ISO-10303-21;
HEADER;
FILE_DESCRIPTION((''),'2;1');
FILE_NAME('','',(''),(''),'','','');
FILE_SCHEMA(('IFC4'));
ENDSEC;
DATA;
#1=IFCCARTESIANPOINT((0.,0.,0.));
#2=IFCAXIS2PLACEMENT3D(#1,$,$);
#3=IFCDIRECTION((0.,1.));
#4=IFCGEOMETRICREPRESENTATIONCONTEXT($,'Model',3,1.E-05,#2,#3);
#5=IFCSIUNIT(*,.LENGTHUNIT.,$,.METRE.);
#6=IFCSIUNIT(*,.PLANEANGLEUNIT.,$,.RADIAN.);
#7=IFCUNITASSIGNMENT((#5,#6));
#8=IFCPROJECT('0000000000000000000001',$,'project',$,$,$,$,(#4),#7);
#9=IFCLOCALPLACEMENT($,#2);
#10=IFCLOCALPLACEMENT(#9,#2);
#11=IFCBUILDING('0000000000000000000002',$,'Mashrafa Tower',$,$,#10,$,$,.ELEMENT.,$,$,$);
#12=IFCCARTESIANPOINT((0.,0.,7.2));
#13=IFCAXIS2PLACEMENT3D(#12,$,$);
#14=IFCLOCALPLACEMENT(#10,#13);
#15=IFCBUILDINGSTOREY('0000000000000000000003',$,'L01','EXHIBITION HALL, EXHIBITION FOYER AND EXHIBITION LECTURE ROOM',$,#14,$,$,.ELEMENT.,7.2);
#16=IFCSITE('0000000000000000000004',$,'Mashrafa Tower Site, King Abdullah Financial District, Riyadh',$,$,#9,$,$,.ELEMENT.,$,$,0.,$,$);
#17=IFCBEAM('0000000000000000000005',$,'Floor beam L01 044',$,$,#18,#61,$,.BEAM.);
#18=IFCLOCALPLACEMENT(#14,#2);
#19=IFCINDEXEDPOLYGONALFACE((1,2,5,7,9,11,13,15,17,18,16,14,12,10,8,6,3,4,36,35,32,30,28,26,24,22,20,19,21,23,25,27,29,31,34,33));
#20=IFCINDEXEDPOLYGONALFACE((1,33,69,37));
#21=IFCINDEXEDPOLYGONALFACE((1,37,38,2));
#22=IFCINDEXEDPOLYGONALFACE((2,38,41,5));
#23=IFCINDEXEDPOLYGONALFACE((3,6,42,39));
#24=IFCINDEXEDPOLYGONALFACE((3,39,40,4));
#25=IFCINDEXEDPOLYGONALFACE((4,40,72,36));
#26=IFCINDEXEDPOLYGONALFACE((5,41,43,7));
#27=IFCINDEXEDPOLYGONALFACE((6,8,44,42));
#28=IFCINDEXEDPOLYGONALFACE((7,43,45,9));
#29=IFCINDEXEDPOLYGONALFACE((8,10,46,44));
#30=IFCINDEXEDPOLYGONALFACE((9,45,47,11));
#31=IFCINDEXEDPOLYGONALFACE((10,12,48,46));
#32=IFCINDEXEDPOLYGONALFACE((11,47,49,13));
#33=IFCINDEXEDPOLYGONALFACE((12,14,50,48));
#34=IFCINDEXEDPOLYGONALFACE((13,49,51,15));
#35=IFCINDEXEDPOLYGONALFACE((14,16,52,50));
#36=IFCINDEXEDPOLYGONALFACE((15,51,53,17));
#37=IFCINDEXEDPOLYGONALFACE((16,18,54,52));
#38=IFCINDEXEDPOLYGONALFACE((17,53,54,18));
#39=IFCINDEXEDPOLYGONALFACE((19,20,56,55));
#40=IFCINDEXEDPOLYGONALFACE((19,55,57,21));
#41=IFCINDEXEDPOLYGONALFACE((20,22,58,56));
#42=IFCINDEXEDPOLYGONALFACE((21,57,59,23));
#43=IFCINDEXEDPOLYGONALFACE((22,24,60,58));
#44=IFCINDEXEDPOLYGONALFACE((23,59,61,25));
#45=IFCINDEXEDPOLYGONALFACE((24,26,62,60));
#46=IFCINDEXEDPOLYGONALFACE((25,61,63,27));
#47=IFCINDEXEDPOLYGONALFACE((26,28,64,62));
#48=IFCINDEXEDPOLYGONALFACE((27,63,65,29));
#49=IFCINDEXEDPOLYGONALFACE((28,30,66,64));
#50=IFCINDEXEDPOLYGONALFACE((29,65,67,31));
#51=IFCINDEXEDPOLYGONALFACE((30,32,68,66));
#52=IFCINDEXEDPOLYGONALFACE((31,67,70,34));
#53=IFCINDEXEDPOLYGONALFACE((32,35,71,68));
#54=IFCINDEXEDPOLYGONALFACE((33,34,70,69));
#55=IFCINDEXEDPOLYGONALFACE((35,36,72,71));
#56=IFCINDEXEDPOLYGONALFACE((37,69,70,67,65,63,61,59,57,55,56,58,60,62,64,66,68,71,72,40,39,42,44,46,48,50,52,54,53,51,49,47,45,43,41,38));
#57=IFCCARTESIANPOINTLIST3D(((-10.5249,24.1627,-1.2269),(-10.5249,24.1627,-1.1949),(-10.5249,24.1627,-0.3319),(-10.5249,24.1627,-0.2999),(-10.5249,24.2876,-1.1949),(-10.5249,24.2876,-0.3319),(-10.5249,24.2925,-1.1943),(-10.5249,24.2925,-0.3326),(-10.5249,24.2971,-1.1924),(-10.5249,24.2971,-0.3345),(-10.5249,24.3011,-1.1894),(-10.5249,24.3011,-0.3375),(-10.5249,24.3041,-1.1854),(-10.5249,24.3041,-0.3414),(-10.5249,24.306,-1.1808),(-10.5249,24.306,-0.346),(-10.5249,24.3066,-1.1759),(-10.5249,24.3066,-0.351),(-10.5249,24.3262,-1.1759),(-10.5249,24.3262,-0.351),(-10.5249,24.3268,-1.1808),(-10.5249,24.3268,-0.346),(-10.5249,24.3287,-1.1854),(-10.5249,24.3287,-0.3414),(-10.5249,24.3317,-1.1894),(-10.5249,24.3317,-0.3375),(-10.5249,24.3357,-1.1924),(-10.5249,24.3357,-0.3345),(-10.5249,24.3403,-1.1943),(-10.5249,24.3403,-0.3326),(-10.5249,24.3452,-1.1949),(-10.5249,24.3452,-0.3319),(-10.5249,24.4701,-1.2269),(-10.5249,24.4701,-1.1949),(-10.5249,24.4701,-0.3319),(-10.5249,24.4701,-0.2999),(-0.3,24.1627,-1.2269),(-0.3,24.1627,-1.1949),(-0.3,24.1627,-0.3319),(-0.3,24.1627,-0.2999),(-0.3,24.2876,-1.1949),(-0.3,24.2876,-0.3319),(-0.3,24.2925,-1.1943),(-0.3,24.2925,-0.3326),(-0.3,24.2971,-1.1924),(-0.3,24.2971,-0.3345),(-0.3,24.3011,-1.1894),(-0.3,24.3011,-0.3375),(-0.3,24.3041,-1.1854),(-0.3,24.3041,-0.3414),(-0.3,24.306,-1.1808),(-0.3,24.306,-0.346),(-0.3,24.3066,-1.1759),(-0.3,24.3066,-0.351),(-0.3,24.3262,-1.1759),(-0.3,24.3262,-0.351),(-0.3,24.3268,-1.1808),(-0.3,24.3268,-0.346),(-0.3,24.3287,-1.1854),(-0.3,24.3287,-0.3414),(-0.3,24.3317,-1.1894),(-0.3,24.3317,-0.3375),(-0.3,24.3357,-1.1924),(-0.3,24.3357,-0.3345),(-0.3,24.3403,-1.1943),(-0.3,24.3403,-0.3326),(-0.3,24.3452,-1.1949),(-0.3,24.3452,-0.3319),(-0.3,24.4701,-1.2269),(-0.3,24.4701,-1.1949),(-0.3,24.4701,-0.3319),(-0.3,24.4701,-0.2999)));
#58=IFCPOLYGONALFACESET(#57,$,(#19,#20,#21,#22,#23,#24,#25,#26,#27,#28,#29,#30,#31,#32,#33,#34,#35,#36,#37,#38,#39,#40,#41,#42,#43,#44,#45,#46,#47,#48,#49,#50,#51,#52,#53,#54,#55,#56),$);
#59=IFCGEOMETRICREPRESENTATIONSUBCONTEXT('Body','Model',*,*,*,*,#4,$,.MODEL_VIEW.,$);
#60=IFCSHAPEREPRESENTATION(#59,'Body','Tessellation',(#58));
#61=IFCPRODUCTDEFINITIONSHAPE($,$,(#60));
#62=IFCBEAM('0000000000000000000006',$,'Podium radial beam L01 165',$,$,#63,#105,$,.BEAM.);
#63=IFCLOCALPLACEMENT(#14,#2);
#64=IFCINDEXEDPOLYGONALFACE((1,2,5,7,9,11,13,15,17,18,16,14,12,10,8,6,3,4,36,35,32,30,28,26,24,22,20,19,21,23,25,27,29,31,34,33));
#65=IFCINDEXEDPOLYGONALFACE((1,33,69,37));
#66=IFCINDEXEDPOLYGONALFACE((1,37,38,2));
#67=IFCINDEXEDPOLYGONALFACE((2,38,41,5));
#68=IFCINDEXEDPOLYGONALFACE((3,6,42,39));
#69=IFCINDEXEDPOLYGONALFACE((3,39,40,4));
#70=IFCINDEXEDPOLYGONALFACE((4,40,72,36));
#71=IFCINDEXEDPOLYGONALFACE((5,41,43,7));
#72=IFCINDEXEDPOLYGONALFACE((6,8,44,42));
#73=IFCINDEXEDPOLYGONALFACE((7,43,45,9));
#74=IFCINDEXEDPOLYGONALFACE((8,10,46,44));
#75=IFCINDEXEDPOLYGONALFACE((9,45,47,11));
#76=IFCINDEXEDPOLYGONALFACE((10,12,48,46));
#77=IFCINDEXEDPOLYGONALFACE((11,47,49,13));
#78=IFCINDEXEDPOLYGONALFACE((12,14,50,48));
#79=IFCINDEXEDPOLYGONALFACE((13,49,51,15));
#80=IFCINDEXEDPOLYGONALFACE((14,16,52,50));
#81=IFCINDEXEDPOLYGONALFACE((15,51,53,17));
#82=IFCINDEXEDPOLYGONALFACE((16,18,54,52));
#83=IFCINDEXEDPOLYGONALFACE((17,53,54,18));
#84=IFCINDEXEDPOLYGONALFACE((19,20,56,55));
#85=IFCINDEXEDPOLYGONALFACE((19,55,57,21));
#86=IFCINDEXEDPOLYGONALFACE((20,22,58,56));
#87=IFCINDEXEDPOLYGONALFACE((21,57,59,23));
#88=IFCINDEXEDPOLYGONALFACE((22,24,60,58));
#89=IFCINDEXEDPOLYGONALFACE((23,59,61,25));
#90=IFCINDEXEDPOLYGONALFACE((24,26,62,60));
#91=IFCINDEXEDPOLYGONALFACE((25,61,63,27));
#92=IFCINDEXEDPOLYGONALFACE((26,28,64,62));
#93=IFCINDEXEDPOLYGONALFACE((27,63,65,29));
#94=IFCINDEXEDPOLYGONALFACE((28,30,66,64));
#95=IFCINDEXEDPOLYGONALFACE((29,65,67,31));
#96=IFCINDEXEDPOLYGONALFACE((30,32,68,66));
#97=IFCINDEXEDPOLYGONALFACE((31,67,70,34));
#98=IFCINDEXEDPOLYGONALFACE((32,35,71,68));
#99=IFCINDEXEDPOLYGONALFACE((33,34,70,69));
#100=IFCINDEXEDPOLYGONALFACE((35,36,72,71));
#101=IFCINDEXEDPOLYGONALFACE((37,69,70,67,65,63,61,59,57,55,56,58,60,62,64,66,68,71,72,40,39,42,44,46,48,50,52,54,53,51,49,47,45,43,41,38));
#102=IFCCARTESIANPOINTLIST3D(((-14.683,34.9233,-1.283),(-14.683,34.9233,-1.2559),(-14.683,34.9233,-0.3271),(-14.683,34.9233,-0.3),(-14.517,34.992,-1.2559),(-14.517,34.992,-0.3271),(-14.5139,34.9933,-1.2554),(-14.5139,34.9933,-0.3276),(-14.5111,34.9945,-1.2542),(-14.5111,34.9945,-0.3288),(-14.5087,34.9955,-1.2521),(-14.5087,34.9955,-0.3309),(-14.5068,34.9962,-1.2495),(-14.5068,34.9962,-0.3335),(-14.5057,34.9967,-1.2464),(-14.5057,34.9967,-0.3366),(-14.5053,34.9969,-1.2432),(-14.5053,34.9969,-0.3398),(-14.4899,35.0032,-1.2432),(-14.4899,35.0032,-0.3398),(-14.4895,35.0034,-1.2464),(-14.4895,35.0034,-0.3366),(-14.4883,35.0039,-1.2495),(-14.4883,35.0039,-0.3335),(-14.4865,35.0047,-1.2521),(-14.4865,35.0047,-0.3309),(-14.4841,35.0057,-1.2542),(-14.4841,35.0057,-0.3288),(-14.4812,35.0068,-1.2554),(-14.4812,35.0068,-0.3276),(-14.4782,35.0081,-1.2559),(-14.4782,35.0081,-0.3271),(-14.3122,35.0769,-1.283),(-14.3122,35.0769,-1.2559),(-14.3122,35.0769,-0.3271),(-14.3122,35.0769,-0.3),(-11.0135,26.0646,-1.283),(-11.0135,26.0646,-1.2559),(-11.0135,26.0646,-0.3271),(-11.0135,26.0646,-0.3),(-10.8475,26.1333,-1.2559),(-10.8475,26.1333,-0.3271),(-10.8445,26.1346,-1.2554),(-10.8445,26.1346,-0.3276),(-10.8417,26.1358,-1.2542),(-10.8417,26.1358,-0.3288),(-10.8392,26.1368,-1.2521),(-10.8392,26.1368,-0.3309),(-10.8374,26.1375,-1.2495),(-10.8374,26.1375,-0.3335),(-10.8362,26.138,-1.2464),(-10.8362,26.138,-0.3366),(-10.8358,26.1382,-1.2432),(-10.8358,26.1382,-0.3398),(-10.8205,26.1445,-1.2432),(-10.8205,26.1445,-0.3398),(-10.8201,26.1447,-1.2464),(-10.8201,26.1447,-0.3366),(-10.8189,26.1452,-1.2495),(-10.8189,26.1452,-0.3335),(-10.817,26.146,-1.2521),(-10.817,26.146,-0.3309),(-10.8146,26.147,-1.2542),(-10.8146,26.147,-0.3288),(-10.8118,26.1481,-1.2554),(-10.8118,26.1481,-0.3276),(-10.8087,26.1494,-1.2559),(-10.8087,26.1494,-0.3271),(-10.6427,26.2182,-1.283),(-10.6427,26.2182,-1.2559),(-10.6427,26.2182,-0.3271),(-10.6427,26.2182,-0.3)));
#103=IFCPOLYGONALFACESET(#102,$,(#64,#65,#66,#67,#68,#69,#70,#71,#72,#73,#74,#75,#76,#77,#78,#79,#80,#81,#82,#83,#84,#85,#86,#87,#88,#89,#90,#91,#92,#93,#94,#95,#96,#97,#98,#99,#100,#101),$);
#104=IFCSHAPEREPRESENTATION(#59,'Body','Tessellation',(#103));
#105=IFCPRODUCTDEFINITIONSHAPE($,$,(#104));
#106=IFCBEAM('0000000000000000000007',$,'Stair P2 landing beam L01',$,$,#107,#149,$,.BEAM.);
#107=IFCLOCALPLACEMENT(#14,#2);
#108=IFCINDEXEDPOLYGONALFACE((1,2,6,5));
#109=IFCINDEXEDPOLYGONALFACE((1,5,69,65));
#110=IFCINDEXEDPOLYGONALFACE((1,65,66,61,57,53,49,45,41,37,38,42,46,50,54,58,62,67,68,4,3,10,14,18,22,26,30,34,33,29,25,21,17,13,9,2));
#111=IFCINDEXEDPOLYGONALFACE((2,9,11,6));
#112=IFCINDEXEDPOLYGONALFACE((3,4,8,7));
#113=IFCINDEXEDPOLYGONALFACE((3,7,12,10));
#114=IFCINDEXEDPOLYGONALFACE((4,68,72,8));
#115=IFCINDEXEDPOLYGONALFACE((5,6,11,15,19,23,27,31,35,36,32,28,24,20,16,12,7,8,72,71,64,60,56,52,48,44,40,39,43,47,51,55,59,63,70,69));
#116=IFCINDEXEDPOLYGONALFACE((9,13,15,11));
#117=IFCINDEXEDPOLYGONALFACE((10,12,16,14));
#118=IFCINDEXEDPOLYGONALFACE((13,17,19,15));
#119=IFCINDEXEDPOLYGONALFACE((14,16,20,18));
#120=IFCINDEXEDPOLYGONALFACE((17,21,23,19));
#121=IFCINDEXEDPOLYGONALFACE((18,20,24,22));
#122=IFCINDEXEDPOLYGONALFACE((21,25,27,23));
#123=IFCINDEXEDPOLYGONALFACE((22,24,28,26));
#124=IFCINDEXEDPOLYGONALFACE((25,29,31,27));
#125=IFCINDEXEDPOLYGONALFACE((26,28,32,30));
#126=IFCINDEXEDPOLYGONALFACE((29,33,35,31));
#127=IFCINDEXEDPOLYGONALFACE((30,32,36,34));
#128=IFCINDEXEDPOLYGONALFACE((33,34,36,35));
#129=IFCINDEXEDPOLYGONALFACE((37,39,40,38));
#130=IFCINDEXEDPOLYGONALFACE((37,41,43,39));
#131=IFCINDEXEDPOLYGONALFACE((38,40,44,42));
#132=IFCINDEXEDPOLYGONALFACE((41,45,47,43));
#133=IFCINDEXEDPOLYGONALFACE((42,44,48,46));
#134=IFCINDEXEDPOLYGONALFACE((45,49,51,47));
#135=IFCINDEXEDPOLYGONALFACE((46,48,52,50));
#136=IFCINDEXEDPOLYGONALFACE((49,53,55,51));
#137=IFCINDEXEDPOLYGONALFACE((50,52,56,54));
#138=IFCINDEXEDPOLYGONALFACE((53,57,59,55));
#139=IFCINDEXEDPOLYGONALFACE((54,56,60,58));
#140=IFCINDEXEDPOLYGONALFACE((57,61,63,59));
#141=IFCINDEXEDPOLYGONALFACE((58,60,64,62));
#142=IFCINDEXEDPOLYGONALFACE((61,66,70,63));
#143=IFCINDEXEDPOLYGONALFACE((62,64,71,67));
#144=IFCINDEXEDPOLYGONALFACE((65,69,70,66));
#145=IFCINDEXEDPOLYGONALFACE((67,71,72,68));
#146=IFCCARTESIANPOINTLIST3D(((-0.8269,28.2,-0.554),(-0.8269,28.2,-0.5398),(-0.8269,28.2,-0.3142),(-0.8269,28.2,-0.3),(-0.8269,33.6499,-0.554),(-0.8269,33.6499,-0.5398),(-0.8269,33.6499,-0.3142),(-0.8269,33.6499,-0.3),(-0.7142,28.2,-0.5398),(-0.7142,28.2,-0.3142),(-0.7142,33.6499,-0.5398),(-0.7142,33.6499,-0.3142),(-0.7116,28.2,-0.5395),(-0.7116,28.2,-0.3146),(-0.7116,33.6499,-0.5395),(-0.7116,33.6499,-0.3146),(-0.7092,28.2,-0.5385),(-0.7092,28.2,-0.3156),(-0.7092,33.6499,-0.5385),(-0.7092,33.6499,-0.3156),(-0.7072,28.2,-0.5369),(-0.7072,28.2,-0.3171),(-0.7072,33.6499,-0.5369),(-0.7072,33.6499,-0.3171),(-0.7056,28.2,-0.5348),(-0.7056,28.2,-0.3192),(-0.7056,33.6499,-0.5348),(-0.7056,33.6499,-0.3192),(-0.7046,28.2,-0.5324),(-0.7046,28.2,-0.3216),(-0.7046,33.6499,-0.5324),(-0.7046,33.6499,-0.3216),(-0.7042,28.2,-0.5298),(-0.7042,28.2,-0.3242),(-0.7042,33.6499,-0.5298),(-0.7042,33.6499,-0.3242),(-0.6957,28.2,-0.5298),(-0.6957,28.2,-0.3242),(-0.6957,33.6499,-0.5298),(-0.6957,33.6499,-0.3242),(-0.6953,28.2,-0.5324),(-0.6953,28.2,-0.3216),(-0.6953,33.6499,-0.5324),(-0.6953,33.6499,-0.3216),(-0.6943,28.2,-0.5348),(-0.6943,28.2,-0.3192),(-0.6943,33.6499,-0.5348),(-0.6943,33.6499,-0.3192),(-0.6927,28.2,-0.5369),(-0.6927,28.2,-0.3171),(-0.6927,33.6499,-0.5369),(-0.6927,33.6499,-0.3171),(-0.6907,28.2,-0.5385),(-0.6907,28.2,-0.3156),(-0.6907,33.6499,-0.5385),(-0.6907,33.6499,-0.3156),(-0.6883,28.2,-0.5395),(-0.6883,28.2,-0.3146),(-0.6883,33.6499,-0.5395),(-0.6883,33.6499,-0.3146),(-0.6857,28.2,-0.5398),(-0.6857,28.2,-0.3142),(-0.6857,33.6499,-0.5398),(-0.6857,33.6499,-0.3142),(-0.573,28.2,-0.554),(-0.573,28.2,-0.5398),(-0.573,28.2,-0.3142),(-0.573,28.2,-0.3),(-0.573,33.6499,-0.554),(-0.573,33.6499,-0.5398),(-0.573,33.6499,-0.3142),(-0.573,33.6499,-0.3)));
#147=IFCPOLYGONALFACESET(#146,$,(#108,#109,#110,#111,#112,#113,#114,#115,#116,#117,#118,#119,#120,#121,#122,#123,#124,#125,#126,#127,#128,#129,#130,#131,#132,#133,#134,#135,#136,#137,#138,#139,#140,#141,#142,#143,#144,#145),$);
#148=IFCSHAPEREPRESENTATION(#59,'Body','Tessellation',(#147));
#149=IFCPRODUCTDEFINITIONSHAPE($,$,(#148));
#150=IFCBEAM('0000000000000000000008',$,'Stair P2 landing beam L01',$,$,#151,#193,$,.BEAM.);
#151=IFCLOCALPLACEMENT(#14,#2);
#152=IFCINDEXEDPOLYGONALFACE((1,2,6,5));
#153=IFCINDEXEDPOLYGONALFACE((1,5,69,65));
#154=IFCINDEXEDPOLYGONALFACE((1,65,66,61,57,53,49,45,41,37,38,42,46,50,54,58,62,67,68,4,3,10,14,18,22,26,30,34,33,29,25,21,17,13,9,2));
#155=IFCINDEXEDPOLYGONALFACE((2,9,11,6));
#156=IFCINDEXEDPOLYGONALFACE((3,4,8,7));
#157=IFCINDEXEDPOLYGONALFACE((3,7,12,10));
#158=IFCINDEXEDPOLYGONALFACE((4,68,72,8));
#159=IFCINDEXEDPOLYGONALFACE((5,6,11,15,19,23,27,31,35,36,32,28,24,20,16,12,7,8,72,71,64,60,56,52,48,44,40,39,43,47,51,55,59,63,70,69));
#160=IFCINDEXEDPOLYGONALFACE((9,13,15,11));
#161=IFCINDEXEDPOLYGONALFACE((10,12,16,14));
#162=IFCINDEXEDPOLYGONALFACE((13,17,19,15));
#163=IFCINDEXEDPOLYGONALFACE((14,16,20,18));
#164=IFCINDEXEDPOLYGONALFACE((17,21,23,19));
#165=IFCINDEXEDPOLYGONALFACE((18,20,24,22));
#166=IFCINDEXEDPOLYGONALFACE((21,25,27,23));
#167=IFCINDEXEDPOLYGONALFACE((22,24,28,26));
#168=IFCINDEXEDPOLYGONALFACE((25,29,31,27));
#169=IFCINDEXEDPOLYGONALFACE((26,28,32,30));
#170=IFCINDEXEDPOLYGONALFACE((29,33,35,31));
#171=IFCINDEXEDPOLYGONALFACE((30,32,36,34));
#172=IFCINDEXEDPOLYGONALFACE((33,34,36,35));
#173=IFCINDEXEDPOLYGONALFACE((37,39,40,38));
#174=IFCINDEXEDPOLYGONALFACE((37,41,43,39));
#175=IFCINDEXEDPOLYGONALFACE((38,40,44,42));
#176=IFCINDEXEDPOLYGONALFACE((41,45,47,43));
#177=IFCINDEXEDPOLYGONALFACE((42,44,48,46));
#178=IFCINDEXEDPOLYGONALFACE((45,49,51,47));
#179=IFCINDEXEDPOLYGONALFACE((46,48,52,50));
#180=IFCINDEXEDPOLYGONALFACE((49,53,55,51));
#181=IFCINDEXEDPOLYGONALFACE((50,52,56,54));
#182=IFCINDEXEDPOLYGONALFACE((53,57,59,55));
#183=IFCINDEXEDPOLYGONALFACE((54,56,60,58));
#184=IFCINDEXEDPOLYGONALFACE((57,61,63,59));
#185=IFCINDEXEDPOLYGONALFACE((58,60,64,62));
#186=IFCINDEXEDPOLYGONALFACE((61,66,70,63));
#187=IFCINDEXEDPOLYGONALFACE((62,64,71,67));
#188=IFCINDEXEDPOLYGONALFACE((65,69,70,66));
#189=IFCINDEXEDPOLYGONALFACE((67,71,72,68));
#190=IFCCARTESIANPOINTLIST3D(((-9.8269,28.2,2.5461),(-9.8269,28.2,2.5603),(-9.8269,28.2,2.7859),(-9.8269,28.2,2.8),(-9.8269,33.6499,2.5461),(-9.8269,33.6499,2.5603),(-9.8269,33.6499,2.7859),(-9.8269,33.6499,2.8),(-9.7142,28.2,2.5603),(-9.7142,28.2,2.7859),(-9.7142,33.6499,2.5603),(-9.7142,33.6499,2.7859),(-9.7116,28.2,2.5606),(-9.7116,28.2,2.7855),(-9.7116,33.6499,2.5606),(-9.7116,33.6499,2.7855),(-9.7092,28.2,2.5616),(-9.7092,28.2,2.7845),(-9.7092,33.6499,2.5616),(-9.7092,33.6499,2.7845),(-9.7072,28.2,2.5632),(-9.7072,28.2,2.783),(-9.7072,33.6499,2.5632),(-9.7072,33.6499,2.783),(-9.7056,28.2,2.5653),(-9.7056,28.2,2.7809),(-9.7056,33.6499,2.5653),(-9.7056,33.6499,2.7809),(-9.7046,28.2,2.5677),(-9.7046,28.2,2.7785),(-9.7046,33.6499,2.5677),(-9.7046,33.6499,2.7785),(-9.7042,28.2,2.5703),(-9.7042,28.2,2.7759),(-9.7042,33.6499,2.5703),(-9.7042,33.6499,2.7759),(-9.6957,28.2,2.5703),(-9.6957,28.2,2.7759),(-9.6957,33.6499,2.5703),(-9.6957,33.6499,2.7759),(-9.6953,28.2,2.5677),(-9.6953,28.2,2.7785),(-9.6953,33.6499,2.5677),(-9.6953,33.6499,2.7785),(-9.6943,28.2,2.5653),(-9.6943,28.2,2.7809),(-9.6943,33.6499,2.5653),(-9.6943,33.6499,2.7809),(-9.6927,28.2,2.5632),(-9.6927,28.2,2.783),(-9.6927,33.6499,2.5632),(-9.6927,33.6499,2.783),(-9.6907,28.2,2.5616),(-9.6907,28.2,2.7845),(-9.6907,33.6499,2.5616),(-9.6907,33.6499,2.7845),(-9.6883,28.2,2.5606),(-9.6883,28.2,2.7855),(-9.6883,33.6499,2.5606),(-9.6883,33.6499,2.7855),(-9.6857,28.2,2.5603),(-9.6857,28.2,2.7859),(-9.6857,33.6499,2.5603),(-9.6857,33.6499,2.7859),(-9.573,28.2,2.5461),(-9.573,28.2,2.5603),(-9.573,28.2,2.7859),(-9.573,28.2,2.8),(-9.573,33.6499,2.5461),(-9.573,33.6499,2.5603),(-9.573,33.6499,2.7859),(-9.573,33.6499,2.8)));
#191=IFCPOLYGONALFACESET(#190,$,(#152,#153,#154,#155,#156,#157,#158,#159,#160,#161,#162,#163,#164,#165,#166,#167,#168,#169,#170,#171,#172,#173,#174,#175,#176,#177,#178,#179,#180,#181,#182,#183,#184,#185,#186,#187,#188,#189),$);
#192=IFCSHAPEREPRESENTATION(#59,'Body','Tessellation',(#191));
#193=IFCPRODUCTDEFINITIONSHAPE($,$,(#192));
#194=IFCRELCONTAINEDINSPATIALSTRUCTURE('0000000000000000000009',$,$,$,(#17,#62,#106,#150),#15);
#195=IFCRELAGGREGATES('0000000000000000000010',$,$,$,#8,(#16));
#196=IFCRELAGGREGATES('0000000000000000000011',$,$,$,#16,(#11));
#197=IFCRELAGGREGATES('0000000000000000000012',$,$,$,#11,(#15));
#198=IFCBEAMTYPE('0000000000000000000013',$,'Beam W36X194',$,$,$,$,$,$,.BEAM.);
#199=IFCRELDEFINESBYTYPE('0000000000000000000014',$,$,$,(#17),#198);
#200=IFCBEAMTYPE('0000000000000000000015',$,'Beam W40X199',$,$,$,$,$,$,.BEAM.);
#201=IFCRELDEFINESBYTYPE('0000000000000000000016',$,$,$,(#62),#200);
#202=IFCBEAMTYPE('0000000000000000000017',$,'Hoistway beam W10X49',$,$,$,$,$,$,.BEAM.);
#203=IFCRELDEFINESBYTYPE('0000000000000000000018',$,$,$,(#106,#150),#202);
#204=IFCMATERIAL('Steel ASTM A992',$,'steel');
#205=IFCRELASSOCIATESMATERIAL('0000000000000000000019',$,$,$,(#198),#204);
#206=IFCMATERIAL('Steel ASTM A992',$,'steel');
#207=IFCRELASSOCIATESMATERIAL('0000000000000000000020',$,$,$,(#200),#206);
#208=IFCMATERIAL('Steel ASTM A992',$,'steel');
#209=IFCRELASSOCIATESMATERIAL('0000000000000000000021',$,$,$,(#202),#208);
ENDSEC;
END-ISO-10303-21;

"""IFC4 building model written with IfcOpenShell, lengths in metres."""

from ifc_helpers import new_model, si_unit, direction, frame, origin, origin_2d, place, context, subcontext, project, spatial, i_section, extrude, material, material_profile, profile_set, type_object, element, save


model = new_model("IFC4")

# Units and contexts
model_context = context("Model", 3, precision=1e-05, world=origin(), true_north=direction((0.0, 1.0)))
body_context = subcontext(model_context, "Body", "Model", "MODEL_VIEW")
ifc_project = project(units=[si_unit("LENGTHUNIT", "METRE"), si_unit("PLANEANGLEUNIT", "RADIAN")], contexts=[model_context])

# Site, building, storey
site_placement = place(None, origin())
site = spatial("IfcSite", under=ifc_project, at=site_placement, Name="Mashrafa Tower Site, King Abdullah Financial District, Riyadh", CompositionType="ELEMENT", RefElevation=0.0)
building_placement = place(site_placement, origin())
building = spatial("IfcBuilding", under=site, at=building_placement, Name="Mashrafa Tower", CompositionType="ELEMENT")
storey_placement = place(building_placement, frame((0.0, 0.0, 7.2)))
storey = spatial("IfcBuildingStorey", under=building, at=storey_placement, Name="L01", Description="EXHIBITION HALL, EXHIBITION FOYER AND EXHIBITION LECTURE ROOM", CompositionType="ELEMENT", Elevation=7.2)

# Beams
ifc_material_1 = material(Name="Steel ASTM A992", Category="steel")
ifc_material_profile_1 = material_profile(ifc_material_1, i_section(OverallWidth=0.3074, OverallDepth=0.927, WebThickness=0.0195, FlangeThickness=0.032, FilletRadius=0.019, at=origin_2d()), Name="W36X194")
ifc_profile_set_1 = profile_set([ifc_material_profile_1], Name="Steel ASTM A992")
beam_type_1 = type_object("IfcBeamType", Name="Beam W36X194", PredefinedType="BEAM", material=ifc_profile_set_1)
beam_1_placement = place(storey_placement, frame((-10.5249, 24.3164, -0.7634), z_axis=(1.0, 0.0, 0.0), x_axis=(0.0, 1.0, 0.0)))
element("IfcBeam", 1, at=beam_1_placement, inside=storey, type_object=beam_type_1, Name="Floor beam L01 044", PredefinedType="BEAM", context=body_context, shape_type="SweptSolid", body=[
    extrude(i_section(OverallWidth=0.3074, OverallDepth=0.927, WebThickness=0.0195, FlangeThickness=0.032, FilletRadius=0.019, at=origin_2d()), origin(), (0.0, 0.0, 1.0), 10.2249),
])
ifc_material_2 = material(Name="Steel ASTM A992", Category="steel")
ifc_material_profile_2 = material_profile(ifc_material_2, i_section(OverallWidth=0.4014, OverallDepth=0.9829, WebThickness=0.0166, FlangeThickness=0.0271, FilletRadius=0.0127, at=origin_2d()), Name="W40X199")
ifc_profile_set_2 = profile_set([ifc_material_profile_2], Name="Steel ASTM A992")
beam_type_2 = type_object("IfcBeamType", Name="Beam W40X199", PredefinedType="BEAM", material=ifc_profile_set_2)
beam_2_placement = place(storey_placement, frame((-10.8281, 26.1414, -0.7915), z_axis=(-0.382689, 0.923877, 0.0), x_axis=(-0.923877, -0.382689, 0.0)))
element("IfcBeam", 2, at=beam_2_placement, inside=storey, type_object=beam_type_2, Name="Podium radial beam L01 165", PredefinedType="BEAM", context=body_context, shape_type="SweptSolid", body=[
    extrude(i_section(OverallWidth=0.4014, OverallDepth=0.9829, WebThickness=0.0166, FlangeThickness=0.0271, FilletRadius=0.0127, at=origin_2d()), origin(), (0.0, 0.0, 1.0), 9.5886),
])
ifc_material_3 = material(Name="Steel ASTM A992", Category="steel")
ifc_material_profile_3 = material_profile(ifc_material_3, i_section(OverallWidth=0.2539, OverallDepth=0.2539, WebThickness=0.0085, FlangeThickness=0.0142, FilletRadius=0.01, at=origin_2d()), Name="W10X49")
ifc_profile_set_3 = profile_set([ifc_material_profile_3], Name="Steel ASTM A992")
beam_type_3 = type_object("IfcBeamType", Name="Hoistway beam W10X49", PredefinedType="BEAM", material=ifc_profile_set_3)
for number, where, z_axis, x_axis, name in (
    (3, (-0.7, 28.2, -0.427), (0.0, 1.0, 0.0), (-1.0, 0.0, 0.0), "Stair P2 landing beam L01"),
    (4, (-9.7, 28.2, 2.6731), (0.0, 1.0, 0.0), (-1.0, 0.0, 0.0), "Stair P2 landing beam L01"),
):
    element("IfcBeam", number, at=place(storey_placement, frame(where, z_axis=z_axis, x_axis=x_axis)), inside=storey, type_object=beam_type_3, Name=name, PredefinedType="BEAM", context=body_context, shape_type="SweptSolid", body=[
        extrude(i_section(OverallWidth=0.2539, OverallDepth=0.2539, WebThickness=0.0085, FlangeThickness=0.0142, FilletRadius=0.01, at=origin_2d()), origin(), (0.0, 0.0, 1.0), 5.45),
    ])

save(model, "model.ifc")
